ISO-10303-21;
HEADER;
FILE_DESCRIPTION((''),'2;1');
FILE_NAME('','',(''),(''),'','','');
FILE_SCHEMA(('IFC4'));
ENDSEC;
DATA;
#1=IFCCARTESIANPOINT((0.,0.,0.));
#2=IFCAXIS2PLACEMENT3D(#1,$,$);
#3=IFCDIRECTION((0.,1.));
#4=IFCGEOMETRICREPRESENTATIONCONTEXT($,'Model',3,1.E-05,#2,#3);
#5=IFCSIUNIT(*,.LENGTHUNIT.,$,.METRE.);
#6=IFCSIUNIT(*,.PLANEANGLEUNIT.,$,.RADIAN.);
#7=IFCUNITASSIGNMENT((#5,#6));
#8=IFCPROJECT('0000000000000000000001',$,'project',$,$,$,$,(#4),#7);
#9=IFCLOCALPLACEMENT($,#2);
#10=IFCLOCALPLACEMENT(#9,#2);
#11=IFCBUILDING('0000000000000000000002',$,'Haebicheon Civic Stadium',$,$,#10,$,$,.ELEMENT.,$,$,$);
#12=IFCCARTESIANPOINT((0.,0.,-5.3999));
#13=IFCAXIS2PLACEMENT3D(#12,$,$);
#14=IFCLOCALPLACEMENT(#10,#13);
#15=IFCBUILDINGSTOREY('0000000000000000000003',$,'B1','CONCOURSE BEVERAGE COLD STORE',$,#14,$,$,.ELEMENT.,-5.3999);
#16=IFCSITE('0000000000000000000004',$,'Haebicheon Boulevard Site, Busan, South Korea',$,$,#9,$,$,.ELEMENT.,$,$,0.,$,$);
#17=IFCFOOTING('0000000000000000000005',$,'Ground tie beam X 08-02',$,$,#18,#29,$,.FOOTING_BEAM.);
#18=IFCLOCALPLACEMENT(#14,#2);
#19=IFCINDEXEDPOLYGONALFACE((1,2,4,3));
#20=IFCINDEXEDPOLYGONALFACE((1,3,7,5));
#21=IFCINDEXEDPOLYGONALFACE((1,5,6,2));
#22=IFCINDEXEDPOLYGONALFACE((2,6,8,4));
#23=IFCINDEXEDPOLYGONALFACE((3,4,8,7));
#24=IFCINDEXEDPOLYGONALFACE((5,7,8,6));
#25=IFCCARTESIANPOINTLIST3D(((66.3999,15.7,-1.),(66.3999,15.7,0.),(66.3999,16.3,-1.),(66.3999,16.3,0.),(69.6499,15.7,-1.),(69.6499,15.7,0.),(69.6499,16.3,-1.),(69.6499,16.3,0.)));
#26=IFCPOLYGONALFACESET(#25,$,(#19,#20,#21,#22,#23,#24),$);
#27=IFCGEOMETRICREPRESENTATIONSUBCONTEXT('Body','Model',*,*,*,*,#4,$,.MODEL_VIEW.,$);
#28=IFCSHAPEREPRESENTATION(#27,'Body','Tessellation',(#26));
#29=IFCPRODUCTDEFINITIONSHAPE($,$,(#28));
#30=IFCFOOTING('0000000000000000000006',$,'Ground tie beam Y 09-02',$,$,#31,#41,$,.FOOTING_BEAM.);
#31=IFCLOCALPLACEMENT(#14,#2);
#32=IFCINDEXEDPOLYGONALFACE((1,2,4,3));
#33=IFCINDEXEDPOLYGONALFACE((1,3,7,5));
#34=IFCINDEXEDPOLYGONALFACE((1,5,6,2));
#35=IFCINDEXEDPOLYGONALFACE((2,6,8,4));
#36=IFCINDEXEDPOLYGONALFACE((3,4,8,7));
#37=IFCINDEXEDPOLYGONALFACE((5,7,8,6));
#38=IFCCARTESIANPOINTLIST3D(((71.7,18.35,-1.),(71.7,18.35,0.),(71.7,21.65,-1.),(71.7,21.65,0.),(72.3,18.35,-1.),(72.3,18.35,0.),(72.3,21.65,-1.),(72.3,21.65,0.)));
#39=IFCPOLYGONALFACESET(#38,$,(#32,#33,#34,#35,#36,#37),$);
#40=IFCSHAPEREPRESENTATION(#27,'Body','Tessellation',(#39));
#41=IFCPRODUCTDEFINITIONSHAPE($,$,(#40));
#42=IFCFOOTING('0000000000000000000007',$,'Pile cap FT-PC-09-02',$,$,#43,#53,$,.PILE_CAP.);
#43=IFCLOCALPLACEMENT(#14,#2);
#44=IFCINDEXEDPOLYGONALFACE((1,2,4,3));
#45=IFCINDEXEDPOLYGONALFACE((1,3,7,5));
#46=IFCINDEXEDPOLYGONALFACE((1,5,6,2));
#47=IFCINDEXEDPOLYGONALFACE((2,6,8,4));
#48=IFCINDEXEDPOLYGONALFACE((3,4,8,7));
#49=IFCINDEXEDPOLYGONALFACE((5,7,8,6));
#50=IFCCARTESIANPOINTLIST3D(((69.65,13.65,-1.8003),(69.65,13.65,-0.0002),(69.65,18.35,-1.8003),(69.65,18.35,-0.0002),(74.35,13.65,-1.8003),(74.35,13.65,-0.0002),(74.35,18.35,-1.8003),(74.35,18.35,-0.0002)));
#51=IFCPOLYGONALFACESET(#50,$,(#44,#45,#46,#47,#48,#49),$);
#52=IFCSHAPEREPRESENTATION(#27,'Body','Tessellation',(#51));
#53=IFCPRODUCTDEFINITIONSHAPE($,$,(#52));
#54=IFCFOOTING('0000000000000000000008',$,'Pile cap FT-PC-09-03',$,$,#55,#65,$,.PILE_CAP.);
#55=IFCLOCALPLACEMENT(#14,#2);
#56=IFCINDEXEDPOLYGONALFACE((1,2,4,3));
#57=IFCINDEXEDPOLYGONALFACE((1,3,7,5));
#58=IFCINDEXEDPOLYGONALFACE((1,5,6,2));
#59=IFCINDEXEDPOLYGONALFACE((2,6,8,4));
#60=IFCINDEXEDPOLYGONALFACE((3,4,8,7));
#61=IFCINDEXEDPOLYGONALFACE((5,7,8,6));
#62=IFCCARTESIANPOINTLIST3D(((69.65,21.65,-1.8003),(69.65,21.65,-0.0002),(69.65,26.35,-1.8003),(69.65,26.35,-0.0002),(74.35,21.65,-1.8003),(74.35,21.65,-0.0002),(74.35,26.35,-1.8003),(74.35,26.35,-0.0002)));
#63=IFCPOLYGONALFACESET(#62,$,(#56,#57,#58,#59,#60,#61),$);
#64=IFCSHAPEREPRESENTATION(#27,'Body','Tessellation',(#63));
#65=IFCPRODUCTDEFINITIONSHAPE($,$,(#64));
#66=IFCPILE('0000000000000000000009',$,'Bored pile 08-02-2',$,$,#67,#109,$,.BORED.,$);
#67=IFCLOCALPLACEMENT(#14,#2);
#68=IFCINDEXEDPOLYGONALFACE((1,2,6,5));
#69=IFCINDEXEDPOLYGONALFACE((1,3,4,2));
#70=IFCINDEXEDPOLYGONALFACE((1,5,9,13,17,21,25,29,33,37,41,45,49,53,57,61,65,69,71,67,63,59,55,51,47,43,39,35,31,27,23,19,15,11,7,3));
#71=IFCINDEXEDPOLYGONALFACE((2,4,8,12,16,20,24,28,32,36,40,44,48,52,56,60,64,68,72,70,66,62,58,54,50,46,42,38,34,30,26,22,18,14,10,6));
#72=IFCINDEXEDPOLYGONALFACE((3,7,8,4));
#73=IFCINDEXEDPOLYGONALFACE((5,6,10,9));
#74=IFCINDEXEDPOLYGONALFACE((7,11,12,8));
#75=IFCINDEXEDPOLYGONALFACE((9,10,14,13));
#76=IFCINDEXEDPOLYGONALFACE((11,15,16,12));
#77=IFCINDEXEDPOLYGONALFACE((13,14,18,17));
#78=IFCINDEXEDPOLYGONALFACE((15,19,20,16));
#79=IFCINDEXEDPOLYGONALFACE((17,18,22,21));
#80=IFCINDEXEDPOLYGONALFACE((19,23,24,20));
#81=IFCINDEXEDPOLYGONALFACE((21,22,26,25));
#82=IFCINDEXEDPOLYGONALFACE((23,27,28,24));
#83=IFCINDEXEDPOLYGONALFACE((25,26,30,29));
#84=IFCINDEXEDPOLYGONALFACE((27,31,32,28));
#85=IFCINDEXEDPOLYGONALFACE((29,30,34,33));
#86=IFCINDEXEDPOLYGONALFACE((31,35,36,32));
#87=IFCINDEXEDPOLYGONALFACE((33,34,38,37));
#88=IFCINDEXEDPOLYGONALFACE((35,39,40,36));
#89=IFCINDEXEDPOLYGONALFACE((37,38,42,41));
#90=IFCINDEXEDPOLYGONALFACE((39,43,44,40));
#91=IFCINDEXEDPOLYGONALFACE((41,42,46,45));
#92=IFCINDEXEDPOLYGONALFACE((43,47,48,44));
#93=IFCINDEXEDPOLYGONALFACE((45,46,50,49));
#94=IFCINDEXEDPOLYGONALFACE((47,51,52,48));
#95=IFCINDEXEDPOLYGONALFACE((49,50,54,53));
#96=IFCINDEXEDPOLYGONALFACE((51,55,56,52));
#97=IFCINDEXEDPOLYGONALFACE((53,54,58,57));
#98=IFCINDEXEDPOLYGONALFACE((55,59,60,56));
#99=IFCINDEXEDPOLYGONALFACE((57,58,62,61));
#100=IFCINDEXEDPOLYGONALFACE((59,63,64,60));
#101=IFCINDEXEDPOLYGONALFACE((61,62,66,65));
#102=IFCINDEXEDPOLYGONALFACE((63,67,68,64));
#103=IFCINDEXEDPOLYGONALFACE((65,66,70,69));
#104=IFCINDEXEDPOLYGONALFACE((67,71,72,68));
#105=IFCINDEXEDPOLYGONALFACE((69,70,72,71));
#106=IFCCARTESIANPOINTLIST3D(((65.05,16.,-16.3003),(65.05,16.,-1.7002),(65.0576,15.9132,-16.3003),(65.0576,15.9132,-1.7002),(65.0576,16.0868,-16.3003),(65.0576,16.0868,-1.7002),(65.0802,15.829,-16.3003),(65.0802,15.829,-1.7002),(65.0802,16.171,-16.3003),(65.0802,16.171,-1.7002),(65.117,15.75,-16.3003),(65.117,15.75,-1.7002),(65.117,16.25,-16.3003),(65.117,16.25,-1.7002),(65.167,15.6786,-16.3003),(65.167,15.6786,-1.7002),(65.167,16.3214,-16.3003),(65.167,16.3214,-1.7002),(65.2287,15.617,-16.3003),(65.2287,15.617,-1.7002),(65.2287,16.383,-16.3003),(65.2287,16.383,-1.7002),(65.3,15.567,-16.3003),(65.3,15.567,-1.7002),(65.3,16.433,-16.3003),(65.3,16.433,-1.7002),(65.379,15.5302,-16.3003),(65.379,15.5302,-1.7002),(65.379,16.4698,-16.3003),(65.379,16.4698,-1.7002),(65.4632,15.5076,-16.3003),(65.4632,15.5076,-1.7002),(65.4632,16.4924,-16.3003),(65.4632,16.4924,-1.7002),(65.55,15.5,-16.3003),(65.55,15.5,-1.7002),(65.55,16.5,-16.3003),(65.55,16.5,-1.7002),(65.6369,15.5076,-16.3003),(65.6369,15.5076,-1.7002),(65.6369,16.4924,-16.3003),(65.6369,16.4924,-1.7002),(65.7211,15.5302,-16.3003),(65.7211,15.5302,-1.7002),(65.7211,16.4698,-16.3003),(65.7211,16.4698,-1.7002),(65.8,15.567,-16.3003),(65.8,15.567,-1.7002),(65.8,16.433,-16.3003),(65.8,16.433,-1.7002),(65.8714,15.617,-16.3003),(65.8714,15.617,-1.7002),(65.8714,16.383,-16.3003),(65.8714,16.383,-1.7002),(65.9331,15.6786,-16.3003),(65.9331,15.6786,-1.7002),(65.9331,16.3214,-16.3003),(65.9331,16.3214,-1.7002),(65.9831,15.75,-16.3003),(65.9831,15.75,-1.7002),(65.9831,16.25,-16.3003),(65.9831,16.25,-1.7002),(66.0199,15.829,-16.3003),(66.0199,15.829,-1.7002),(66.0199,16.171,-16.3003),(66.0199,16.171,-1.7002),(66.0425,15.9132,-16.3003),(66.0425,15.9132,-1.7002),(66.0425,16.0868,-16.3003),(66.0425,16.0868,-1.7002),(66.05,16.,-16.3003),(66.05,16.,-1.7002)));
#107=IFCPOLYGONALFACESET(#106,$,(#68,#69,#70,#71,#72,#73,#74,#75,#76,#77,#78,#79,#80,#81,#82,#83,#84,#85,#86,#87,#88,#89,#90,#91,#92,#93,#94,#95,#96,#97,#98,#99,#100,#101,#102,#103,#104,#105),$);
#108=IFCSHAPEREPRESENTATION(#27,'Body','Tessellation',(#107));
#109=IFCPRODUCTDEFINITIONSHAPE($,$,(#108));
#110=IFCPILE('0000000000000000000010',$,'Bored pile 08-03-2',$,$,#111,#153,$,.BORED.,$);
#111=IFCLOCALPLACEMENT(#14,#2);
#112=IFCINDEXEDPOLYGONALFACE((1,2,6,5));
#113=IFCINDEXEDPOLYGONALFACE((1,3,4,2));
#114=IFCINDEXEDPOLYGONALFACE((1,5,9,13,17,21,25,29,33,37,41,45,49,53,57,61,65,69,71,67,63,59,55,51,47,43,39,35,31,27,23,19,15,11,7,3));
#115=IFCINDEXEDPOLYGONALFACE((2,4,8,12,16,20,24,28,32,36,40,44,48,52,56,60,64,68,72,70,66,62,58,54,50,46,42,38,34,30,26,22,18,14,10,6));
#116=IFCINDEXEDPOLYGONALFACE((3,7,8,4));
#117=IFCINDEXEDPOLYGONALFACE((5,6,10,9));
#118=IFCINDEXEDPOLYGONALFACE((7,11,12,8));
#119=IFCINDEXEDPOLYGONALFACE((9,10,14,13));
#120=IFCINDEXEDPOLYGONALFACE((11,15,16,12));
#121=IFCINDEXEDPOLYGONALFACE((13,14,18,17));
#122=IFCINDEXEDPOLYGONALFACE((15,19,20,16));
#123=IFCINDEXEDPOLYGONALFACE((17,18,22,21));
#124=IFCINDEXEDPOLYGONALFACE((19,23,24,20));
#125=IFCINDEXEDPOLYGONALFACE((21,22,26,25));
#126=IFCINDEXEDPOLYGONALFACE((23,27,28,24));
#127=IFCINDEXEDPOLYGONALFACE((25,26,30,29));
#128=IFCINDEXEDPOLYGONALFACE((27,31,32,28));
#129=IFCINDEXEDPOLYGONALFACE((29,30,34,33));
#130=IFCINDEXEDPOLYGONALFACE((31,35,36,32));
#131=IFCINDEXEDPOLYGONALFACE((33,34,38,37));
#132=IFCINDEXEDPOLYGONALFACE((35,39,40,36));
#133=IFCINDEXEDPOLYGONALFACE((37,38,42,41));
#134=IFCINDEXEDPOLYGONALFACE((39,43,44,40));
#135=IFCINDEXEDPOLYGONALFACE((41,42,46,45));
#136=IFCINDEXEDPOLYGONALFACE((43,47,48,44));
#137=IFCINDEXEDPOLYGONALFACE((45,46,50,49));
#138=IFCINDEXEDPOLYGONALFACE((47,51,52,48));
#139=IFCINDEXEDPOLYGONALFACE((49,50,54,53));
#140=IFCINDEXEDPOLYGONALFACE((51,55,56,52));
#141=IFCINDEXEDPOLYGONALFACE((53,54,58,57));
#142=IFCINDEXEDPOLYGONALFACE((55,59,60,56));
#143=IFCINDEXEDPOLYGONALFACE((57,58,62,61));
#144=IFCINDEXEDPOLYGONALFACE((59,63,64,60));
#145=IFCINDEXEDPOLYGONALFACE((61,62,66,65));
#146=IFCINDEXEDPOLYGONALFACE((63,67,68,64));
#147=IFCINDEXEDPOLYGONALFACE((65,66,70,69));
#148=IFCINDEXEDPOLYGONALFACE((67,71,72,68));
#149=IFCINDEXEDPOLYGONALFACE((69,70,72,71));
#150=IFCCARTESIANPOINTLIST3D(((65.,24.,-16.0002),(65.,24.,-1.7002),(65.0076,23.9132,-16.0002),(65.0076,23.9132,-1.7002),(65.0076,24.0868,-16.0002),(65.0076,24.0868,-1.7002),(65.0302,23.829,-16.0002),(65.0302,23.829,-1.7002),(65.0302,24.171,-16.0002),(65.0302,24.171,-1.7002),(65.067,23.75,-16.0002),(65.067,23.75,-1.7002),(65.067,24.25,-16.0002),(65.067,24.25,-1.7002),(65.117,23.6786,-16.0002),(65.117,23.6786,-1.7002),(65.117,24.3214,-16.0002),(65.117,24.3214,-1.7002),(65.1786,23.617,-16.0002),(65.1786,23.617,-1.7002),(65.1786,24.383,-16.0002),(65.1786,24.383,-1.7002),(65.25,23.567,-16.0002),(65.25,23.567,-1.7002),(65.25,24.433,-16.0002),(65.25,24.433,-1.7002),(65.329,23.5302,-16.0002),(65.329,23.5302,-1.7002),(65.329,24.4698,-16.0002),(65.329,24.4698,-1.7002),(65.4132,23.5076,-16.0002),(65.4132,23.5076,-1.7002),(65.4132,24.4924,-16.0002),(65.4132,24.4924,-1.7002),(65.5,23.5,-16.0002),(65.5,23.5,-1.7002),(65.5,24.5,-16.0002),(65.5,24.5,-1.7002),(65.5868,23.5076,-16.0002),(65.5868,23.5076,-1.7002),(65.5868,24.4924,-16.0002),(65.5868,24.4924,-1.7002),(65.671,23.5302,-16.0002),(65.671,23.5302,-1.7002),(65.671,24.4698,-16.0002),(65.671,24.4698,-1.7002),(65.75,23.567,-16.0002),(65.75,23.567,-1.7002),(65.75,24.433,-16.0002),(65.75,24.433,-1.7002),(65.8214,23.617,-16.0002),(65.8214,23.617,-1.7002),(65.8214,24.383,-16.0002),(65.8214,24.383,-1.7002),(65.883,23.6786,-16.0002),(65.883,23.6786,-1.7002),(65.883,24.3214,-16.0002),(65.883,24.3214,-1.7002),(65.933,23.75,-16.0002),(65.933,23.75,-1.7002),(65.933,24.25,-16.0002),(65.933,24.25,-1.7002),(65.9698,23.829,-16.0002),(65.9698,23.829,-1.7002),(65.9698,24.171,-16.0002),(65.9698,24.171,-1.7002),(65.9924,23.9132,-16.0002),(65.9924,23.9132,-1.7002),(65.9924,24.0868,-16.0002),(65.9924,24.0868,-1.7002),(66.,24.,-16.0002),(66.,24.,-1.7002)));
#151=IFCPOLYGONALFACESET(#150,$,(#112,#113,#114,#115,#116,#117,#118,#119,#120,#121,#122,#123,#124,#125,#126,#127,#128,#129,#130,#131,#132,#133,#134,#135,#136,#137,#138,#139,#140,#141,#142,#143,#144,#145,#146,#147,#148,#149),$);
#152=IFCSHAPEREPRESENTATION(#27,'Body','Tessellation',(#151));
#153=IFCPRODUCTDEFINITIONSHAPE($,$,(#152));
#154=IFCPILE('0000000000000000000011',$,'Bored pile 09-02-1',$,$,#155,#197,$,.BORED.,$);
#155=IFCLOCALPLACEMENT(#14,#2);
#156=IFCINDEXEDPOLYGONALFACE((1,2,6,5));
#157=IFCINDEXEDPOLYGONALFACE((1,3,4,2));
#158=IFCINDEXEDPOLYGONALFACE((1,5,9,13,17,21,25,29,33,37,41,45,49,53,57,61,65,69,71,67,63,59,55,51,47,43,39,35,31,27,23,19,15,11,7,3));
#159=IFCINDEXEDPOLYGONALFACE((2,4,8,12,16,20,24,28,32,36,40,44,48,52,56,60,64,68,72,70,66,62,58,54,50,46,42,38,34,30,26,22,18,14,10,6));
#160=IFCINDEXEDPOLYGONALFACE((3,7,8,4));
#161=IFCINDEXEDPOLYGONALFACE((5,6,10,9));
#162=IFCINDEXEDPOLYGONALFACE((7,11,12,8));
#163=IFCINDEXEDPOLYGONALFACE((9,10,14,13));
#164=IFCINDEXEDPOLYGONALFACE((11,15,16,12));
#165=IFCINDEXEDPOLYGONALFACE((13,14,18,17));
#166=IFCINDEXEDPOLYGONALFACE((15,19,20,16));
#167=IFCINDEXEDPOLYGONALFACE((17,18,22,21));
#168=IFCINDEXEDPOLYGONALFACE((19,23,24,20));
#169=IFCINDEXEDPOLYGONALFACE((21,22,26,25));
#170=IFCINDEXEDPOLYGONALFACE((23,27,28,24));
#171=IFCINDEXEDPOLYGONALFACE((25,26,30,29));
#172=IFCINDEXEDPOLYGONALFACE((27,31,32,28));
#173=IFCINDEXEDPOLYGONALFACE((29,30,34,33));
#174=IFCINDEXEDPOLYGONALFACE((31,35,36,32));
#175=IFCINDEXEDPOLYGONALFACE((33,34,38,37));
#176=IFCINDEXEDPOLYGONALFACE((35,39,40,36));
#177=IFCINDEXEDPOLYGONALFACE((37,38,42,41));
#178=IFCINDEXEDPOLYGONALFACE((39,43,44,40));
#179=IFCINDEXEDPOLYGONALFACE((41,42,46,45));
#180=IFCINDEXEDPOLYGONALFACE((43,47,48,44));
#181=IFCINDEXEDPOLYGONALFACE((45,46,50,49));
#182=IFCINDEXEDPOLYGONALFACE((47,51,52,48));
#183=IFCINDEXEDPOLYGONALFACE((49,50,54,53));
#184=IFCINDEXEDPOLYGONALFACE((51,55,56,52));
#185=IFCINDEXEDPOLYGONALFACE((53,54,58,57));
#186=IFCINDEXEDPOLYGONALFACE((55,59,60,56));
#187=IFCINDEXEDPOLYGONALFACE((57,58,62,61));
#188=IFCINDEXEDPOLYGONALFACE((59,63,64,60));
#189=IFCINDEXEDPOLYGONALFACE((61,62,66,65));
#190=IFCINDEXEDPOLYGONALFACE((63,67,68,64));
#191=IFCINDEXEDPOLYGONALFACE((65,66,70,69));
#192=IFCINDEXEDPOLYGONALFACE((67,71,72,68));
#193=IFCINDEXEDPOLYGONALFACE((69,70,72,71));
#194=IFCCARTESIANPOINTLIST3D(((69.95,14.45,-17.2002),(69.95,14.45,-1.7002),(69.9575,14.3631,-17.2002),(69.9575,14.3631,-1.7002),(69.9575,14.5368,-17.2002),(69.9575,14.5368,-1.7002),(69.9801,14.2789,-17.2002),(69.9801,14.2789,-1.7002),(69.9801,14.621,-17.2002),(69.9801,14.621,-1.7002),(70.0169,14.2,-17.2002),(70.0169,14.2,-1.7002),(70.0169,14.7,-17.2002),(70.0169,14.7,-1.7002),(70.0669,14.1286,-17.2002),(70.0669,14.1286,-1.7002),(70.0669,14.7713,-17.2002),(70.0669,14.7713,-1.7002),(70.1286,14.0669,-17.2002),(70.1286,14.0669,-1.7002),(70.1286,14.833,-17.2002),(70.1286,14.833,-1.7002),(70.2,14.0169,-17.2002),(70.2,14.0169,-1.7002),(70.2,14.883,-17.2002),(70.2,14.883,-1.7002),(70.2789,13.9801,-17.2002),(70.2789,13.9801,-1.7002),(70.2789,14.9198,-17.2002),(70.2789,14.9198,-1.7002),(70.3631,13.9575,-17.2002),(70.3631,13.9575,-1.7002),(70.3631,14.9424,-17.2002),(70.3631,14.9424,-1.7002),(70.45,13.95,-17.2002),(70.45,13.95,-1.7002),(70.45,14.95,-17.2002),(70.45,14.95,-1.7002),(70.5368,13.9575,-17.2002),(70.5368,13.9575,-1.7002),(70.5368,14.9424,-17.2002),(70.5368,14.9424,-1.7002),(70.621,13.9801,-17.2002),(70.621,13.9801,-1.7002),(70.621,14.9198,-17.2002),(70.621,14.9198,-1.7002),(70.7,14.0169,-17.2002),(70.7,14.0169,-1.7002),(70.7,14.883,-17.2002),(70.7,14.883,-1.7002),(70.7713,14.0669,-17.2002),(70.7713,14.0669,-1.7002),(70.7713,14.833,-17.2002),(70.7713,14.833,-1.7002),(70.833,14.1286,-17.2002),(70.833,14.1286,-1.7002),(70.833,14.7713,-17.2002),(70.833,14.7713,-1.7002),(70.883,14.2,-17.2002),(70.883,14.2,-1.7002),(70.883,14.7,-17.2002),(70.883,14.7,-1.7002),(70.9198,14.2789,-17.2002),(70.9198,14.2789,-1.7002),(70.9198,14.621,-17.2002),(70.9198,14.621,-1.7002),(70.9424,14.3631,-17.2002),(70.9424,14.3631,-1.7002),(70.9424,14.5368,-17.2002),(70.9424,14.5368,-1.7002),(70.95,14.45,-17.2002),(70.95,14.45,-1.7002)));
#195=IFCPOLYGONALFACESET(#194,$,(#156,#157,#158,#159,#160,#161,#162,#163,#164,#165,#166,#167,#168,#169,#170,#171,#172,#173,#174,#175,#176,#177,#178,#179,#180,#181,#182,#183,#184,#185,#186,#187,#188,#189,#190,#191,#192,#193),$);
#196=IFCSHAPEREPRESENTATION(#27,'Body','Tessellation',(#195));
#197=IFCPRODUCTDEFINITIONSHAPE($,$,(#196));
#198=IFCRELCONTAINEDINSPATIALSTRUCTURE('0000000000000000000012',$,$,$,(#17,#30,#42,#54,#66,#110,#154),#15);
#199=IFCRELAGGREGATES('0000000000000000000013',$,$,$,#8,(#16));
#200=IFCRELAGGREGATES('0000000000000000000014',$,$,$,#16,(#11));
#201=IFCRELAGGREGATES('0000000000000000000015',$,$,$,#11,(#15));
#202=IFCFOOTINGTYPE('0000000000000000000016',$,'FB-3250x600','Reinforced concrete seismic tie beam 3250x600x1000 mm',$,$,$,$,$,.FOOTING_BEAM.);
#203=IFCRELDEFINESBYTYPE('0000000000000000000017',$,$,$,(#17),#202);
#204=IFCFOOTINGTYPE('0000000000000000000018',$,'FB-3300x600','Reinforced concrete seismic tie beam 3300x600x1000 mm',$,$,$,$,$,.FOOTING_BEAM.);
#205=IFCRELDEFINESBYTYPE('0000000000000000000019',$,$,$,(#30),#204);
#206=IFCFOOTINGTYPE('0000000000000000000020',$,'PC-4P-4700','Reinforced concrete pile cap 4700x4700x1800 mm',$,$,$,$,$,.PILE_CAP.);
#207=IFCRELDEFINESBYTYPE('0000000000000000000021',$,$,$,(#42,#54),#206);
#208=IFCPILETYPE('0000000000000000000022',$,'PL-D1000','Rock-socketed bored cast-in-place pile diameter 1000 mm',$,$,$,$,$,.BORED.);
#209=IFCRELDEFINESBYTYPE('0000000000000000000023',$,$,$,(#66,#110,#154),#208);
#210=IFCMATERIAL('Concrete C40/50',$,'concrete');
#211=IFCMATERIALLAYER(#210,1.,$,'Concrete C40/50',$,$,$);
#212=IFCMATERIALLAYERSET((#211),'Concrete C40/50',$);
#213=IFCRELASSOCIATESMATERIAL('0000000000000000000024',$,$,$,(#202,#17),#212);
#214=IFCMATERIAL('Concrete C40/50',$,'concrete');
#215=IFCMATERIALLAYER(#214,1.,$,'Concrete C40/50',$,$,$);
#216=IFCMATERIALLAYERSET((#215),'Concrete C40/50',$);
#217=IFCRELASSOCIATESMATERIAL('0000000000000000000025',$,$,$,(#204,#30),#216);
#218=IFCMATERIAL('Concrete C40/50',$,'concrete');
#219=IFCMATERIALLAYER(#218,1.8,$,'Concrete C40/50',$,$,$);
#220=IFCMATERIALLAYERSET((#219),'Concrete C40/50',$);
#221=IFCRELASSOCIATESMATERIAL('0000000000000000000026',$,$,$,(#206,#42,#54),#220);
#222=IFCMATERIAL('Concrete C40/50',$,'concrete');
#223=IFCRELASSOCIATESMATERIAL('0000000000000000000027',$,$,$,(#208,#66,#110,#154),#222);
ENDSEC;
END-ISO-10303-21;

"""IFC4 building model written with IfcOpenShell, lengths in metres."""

from ifc_helpers import new_model, si_unit, direction, frame, origin, origin_2d, place, context, subcontext, project, spatial, rectangle, circle, extrude, material, layer, layer_set, material_profile, profile_set, type_object, element, save


model = new_model("IFC4")

# Units and contexts
model_context = context("Model", 3, precision=1e-05, world=origin(), true_north=direction((0.0, 1.0)))
body_context = subcontext(model_context, "Body", "Model", "MODEL_VIEW")
ifc_project = project(units=[si_unit("LENGTHUNIT", "METRE"), si_unit("PLANEANGLEUNIT", "RADIAN")], contexts=[model_context])

# Site, building, storey
site_placement = place(None, origin())
site = spatial("IfcSite", under=ifc_project, at=site_placement, Name="Haebicheon Boulevard Site, Busan, South Korea", CompositionType="ELEMENT", RefElevation=0.0)
building_placement = place(site_placement, origin())
building = spatial("IfcBuilding", under=site, at=building_placement, Name="Haebicheon Civic Stadium", CompositionType="ELEMENT")
storey_placement = place(building_placement, frame((0.0, 0.0, -5.3999)))
storey = spatial("IfcBuildingStorey", under=building, at=storey_placement, Name="B1", Description="CONCOURSE BEVERAGE COLD STORE", CompositionType="ELEMENT", Elevation=-5.3999)

# Footings
ifc_material_1 = material(Name="Concrete C40/50", Category="concrete")
ifc_layer_1 = layer(ifc_material_1, 1.0, Name="Concrete C40/50")
ifc_layer_set_1 = layer_set([ifc_layer_1], Name="Concrete C40/50")
footing_type_1 = type_object("IfcFootingType", Name="FB-3250x600", Description="Reinforced concrete seismic tie beam 3250x600x1000 mm", PredefinedType="FOOTING_BEAM", material=ifc_layer_set_1)
footing_1_placement = place(storey_placement, frame((68.0249, 16.0, -1.0), z_axis=(0.0, 0.0, 1.0), x_axis=(1.0, 0.0, 0.0)))
element("IfcFooting", 1, at=footing_1_placement, inside=storey, type_object=footing_type_1, material=ifc_layer_set_1, Name="Ground tie beam X 08-02", PredefinedType="FOOTING_BEAM", context=body_context, shape_type="SweptSolid", body=[
    extrude(rectangle(XDim=3.25, YDim=0.6001, at=origin_2d()), origin(), (0.0, 0.0, 1.0), 1.0),
])
ifc_material_2 = material(Name="Concrete C40/50", Category="concrete")
ifc_layer_2 = layer(ifc_material_2, 1.0, Name="Concrete C40/50")
ifc_layer_set_2 = layer_set([ifc_layer_2], Name="Concrete C40/50")
footing_type_2 = type_object("IfcFootingType", Name="FB-3300x600", Description="Reinforced concrete seismic tie beam 3300x600x1000 mm", PredefinedType="FOOTING_BEAM", material=ifc_layer_set_2)
footing_2_placement = place(storey_placement, frame((72.0, 20.0, -1.0), z_axis=(0.0, 0.0, 1.0), x_axis=(0.0, 1.0, 0.0)))
element("IfcFooting", 2, at=footing_2_placement, inside=storey, type_object=footing_type_2, material=ifc_layer_set_2, Name="Ground tie beam Y 09-02", PredefinedType="FOOTING_BEAM", context=body_context, shape_type="SweptSolid", body=[
    extrude(rectangle(XDim=3.3, YDim=0.6001, at=origin_2d()), origin(), (0.0, 0.0, 1.0), 1.0),
])
ifc_material_3 = material(Name="Concrete C40/50", Category="concrete")
ifc_layer_3 = layer(ifc_material_3, 1.8, Name="Concrete C40/50")
ifc_layer_set_3 = layer_set([ifc_layer_3], Name="Concrete C40/50")
footing_type_3 = type_object("IfcFootingType", Name="PC-4P-4700", Description="Reinforced concrete pile cap 4700x4700x1800 mm", PredefinedType="PILE_CAP", material=ifc_layer_set_3)
for number, where, z_axis, x_axis, name in (
    (3, (72.0, 16.0, -1.8003), (0.0, 0.0, 1.0), (1.0, 0.0, 0.0), "Pile cap FT-PC-09-02"),
    (4, (72.0, 24.0, -1.8003), (0.0, 0.0, 1.0), (1.0, 0.0, 0.0), "Pile cap FT-PC-09-03"),
):
    element("IfcFooting", number, at=place(storey_placement, frame(where, z_axis=z_axis, x_axis=x_axis)), inside=storey, type_object=footing_type_3, material=ifc_layer_set_3, Name=name, PredefinedType="PILE_CAP", context=body_context, shape_type="SweptSolid", body=[
        extrude(rectangle(XDim=4.7, YDim=4.7, at=origin_2d()), origin(), (0.0, 0.0, 1.0), 1.8),
    ])

# Piles
ifc_material_4 = material(Name="Concrete C40/50", Category="concrete")
ifc_material_profile_1 = material_profile(ifc_material_4, circle(Radius=0.5, at=origin_2d()), Name="PILE-D1000")
ifc_profile_set_1 = profile_set([ifc_material_profile_1], Name="Concrete C40/50")
pile_type = type_object("IfcPileType", Name="PL-D1000", Description="Rock-socketed bored cast-in-place pile diameter 1000 mm", PredefinedType="BORED", material=ifc_profile_set_1)
pile_1_placement = place(storey_placement, frame((65.55, 16.0, -1.7002), z_axis=(0.0, 0.0, -1.0), x_axis=(1.0, 0.0, 0.0)))
element("IfcPile", 5, at=pile_1_placement, inside=storey, type_object=pile_type, material=ifc_profile_set_1, Name="Bored pile 08-02-2", PredefinedType="BORED", context=body_context, shape_type="SweptSolid", body=[
    extrude(circle(Radius=0.5, at=origin_2d()), origin(), (0.0, 0.0, 1.0), 14.6001),
])
pile_2_placement = place(storey_placement, frame((65.5, 24.0, -1.7002), z_axis=(0.0, 0.0, -1.0), x_axis=(1.0, 0.0, 0.0)))
element("IfcPile", 6, at=pile_2_placement, inside=storey, type_object=pile_type, material=ifc_profile_set_1, Name="Bored pile 08-03-2", PredefinedType="BORED", context=body_context, shape_type="SweptSolid", body=[
    extrude(circle(Radius=0.5, at=origin_2d()), origin(), (0.0, 0.0, 1.0), 14.3),
])
for number, where, z_axis, x_axis, name in (
    (7, (70.45, 14.45, -1.7002), (0.0, 0.0, -1.0), (1.0, 0.0, 0.0), "Bored pile 09-02-1"),
):
    element("IfcPile", number, at=place(storey_placement, frame(where, z_axis=z_axis, x_axis=x_axis)), inside=storey, type_object=pile_type, material=ifc_profile_set_1, Name=name, PredefinedType="BORED", context=body_context, shape_type="SweptSolid", body=[
        extrude(circle(Radius=0.5, at=origin_2d()), origin(), (0.0, 0.0, 1.0), 15.5),
    ])

save(model, "model.ifc")
